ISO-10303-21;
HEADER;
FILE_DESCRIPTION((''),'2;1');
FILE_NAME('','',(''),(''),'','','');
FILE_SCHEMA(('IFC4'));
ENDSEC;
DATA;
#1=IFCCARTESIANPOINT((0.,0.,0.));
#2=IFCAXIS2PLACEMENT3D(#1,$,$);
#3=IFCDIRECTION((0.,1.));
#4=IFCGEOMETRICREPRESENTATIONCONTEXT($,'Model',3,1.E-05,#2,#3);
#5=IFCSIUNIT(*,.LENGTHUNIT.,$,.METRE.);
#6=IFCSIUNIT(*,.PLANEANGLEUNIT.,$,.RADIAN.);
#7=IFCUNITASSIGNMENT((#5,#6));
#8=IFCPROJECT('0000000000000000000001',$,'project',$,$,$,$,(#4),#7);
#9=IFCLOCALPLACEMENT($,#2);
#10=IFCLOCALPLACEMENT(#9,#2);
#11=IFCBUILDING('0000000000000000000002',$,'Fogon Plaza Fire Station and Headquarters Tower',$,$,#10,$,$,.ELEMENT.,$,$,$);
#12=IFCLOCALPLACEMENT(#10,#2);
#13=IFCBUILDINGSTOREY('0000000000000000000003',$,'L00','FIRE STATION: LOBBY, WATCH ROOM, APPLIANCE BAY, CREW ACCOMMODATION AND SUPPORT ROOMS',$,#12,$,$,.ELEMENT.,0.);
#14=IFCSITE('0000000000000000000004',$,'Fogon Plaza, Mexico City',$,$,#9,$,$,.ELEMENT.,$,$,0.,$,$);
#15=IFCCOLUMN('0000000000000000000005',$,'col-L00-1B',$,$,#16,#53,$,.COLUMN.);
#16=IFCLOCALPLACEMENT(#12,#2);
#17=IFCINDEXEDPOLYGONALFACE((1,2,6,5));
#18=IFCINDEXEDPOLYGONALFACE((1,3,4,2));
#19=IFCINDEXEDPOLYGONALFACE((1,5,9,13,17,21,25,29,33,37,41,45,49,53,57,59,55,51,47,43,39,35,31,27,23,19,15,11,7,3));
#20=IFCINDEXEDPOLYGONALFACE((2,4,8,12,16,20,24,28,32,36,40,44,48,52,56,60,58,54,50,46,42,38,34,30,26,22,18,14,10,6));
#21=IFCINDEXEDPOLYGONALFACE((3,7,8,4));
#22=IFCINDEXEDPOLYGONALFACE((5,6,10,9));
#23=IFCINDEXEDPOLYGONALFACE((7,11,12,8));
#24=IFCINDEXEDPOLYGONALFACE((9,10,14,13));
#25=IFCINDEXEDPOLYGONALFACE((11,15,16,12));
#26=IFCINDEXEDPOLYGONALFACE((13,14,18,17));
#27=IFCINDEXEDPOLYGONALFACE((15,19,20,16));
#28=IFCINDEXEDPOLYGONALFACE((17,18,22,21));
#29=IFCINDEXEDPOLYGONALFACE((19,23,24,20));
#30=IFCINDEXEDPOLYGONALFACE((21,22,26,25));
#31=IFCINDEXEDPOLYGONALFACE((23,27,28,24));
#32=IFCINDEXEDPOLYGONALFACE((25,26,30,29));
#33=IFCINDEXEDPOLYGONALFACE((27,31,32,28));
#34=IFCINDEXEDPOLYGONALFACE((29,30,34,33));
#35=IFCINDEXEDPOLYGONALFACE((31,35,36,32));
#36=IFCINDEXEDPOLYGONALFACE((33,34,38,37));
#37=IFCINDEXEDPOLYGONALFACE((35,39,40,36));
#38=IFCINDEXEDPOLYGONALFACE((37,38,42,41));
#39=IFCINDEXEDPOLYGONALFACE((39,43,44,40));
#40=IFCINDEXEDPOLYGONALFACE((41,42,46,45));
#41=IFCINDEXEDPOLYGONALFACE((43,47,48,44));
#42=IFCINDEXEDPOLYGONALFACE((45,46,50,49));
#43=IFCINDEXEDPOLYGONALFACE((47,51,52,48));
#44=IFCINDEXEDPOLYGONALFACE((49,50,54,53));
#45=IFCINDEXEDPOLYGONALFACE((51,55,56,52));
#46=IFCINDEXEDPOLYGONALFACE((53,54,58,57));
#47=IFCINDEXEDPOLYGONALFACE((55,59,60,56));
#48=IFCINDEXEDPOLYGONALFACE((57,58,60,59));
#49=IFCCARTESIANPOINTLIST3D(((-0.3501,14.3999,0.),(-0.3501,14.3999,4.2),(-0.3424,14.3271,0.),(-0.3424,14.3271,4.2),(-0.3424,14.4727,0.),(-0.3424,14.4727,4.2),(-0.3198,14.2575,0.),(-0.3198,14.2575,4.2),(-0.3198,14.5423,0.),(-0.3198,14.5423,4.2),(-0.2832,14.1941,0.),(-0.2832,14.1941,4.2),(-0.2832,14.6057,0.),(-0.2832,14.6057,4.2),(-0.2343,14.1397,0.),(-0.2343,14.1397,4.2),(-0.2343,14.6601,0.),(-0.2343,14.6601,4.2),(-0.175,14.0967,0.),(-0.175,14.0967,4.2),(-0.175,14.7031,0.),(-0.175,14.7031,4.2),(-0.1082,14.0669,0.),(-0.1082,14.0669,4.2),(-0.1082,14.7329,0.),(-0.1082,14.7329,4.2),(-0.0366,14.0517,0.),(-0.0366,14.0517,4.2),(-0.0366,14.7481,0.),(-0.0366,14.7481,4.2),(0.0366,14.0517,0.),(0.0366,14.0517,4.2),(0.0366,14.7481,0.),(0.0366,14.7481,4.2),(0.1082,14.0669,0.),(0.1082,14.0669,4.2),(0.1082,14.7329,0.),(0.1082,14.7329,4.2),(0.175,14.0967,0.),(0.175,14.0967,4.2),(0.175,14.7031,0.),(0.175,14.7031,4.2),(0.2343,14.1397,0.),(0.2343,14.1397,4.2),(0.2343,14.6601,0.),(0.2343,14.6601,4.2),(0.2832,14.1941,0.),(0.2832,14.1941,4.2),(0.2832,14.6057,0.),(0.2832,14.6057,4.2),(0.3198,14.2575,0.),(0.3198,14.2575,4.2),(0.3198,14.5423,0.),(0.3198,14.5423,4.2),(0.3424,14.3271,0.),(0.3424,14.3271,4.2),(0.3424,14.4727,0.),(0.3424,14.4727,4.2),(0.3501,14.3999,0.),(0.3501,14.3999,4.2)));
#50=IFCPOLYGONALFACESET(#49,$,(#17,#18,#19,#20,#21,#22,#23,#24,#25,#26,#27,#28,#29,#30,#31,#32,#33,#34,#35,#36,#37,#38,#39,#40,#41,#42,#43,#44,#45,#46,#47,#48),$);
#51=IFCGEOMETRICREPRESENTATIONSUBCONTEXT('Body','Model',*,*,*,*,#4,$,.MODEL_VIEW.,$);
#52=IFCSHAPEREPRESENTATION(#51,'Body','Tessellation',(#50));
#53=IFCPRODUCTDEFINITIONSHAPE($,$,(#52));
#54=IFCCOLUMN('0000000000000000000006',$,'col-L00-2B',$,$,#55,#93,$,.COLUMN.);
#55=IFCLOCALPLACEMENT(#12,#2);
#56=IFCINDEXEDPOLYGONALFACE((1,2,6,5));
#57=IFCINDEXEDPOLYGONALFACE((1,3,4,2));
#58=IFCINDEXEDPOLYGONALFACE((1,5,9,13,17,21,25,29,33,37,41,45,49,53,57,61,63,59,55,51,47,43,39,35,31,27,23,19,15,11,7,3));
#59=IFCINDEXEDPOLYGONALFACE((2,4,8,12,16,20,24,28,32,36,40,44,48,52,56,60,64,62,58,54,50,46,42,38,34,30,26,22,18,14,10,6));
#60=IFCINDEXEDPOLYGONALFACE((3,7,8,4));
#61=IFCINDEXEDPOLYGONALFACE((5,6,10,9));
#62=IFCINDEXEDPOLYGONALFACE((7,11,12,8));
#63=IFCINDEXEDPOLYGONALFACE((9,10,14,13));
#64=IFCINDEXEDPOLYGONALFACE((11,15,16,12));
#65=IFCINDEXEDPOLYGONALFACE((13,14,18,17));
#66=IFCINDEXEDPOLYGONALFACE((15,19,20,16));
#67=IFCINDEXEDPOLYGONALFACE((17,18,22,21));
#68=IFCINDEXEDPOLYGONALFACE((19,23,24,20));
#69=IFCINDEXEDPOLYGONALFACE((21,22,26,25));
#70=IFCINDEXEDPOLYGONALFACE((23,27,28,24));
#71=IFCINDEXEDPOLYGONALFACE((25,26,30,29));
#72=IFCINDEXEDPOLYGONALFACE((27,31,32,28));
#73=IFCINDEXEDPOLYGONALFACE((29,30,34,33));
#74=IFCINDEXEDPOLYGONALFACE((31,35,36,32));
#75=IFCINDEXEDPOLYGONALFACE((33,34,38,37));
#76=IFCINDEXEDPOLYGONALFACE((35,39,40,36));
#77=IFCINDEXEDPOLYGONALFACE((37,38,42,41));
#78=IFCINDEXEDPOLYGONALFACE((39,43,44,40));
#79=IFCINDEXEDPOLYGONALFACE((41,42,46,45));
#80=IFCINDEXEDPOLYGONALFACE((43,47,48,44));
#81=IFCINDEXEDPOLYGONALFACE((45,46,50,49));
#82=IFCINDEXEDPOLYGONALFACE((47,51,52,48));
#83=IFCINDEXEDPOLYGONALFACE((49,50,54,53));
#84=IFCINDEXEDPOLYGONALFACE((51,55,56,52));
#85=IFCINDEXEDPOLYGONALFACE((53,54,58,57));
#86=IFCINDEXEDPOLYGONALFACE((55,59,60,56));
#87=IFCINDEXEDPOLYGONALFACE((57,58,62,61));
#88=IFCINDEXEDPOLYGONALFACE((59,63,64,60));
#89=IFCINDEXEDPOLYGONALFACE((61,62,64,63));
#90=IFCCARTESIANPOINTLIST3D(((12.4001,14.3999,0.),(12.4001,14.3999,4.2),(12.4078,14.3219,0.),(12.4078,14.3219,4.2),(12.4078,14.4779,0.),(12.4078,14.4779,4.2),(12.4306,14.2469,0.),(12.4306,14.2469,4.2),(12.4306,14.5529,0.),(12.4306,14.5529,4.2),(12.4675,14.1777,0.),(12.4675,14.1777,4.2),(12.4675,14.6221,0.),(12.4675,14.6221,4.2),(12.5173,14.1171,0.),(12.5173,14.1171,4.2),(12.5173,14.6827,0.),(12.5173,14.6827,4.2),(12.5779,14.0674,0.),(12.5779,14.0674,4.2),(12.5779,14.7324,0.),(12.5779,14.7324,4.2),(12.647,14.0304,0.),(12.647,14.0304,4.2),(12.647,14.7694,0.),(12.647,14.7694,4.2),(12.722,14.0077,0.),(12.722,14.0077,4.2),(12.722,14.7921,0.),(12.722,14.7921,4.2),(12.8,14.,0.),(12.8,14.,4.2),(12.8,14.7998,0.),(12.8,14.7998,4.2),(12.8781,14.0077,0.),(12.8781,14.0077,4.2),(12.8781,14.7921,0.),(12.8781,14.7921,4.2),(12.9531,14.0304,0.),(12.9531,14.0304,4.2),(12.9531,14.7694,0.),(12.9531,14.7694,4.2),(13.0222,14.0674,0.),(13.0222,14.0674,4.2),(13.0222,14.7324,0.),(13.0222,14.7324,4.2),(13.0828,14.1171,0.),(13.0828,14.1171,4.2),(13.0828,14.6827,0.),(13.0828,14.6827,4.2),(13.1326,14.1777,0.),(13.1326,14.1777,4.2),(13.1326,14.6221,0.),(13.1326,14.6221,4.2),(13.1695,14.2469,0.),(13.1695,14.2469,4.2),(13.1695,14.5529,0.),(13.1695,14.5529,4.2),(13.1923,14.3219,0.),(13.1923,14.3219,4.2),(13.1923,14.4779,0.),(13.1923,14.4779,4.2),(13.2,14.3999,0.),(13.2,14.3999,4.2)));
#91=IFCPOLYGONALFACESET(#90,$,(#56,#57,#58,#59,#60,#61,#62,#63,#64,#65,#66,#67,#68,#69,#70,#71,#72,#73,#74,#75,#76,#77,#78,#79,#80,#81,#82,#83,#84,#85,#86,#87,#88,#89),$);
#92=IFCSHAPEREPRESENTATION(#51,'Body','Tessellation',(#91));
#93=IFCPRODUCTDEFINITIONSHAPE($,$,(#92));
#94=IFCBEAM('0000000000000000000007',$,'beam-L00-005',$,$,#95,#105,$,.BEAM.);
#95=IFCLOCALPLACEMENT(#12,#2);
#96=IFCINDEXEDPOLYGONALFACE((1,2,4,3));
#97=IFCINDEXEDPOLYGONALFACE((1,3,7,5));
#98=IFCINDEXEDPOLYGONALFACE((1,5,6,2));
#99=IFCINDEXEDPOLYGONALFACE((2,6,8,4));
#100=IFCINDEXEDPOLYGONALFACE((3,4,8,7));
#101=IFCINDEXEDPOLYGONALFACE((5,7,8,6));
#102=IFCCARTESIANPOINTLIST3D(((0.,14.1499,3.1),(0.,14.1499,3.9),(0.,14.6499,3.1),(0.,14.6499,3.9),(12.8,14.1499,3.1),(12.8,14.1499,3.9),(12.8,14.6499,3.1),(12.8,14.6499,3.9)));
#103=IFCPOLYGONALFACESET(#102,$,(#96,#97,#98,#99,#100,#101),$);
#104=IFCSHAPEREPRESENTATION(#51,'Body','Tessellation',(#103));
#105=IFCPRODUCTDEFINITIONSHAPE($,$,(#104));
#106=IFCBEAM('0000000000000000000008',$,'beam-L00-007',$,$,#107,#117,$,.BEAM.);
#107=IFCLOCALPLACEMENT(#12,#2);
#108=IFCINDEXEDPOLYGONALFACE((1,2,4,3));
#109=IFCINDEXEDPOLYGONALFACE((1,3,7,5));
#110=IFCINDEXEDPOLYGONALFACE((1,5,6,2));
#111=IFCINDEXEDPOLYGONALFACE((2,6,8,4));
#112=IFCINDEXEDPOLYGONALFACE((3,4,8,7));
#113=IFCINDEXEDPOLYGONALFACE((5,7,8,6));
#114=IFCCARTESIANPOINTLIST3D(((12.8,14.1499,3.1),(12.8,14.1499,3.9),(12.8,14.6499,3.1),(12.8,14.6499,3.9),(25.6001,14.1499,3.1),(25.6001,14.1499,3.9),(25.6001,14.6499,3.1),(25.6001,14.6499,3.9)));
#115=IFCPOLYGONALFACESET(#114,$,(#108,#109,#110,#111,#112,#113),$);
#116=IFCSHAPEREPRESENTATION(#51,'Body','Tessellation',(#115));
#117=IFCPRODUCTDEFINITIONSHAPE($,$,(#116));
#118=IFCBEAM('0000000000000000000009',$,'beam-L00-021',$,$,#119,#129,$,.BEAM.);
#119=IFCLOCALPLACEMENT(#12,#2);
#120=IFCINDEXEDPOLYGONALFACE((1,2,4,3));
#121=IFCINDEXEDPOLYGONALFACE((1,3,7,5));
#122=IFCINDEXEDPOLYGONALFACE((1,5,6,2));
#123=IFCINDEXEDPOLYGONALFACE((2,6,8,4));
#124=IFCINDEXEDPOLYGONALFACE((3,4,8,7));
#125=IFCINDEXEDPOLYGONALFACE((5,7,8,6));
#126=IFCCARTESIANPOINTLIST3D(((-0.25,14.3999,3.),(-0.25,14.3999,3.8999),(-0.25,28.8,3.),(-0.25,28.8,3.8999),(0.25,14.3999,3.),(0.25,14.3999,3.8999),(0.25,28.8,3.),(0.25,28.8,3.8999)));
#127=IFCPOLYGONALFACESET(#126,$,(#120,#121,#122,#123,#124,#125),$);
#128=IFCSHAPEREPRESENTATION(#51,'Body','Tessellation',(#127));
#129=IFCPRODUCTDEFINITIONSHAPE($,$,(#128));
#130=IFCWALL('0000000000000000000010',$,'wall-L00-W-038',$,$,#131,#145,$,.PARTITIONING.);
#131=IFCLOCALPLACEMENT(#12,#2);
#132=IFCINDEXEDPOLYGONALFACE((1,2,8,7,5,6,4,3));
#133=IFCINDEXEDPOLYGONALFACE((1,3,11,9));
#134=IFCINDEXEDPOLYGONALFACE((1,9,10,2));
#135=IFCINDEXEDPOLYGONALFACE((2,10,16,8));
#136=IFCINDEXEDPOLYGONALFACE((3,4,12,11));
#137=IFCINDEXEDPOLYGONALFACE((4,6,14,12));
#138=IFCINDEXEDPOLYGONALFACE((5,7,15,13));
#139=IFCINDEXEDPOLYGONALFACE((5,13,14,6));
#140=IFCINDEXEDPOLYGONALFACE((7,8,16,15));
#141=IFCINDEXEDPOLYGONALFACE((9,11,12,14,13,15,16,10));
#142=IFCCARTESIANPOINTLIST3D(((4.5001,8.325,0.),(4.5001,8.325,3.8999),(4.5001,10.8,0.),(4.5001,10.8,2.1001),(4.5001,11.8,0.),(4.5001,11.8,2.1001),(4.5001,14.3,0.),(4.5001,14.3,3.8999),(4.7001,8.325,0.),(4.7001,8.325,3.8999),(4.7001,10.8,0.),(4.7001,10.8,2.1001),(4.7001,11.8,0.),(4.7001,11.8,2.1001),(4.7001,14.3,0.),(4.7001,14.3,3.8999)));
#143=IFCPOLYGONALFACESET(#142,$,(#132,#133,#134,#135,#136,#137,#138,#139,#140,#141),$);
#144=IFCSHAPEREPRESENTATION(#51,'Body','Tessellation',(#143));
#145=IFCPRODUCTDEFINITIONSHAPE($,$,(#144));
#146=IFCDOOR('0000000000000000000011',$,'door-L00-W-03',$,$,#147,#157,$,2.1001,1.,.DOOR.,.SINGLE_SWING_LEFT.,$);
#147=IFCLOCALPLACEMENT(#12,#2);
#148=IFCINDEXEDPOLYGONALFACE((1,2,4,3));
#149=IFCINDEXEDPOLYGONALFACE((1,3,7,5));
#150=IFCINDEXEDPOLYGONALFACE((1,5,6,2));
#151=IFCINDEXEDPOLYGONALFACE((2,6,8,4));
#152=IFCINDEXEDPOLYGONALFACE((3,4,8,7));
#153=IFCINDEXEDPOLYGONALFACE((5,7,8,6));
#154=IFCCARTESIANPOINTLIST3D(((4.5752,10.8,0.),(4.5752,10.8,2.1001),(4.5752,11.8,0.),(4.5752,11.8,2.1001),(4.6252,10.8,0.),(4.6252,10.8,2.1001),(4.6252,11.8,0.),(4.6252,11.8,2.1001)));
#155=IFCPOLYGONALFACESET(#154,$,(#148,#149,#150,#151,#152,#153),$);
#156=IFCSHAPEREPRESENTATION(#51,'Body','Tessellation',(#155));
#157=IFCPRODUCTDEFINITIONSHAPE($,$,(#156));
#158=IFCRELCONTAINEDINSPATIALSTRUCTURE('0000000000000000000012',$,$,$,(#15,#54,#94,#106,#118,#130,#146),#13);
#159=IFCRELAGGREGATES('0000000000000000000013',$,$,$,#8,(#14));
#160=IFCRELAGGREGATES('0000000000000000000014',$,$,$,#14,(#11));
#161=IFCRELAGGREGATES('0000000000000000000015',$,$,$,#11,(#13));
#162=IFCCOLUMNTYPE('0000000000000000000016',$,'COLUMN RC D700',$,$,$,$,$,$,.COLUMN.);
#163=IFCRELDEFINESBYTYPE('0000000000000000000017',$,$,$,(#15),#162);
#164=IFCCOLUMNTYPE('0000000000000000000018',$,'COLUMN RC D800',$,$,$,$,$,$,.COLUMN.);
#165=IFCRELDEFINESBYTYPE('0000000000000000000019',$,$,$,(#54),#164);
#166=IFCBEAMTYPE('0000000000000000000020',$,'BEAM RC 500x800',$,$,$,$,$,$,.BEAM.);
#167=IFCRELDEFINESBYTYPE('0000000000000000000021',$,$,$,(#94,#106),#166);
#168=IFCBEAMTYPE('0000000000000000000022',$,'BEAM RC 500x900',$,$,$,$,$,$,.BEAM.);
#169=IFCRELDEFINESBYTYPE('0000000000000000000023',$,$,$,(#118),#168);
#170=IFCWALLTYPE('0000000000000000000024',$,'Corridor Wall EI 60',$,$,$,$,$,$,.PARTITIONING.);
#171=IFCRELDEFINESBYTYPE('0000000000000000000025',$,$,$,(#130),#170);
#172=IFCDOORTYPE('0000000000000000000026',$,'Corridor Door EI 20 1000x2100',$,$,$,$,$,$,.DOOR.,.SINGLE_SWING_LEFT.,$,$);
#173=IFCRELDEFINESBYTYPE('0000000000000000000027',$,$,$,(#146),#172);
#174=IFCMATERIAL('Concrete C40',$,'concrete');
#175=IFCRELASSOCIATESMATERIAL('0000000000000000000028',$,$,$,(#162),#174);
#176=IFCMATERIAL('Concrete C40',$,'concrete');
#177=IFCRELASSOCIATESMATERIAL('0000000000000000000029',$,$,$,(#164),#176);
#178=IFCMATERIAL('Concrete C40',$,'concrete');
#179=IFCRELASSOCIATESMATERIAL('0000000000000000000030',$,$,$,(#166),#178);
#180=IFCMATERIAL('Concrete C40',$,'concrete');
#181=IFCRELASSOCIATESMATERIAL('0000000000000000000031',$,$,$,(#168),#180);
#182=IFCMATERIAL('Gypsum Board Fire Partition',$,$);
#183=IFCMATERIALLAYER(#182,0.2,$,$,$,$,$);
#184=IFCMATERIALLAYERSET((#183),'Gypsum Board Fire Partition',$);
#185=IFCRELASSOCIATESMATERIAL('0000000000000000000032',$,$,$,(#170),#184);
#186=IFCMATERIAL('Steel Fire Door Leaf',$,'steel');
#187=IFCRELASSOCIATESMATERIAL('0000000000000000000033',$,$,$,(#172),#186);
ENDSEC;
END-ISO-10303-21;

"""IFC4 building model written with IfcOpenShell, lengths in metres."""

from ifc_helpers import new_model, si_unit, direction, frame, frame_2d, origin, origin_2d, place, context, subcontext, project, spatial, rectangle, circle, extrude, material, layer, layer_set, material_profile, profile_set, type_object, element, fill, save


model = new_model("IFC4")

# Units and contexts
model_context = context("Model", 3, precision=1e-05, world=origin(), true_north=direction((0.0, 1.0)))
body_context = subcontext(model_context, "Body", "Model", "MODEL_VIEW")
ifc_project = project(units=[si_unit("LENGTHUNIT", "METRE"), si_unit("PLANEANGLEUNIT", "RADIAN")], contexts=[model_context])

# Site, building, storey
site_placement = place(None, origin())
site = spatial("IfcSite", under=ifc_project, at=site_placement, Name="Fogon Plaza, Mexico City", CompositionType="ELEMENT", RefElevation=0.0)
building_placement = place(site_placement, origin())
building = spatial("IfcBuilding", under=site, at=building_placement, Name="Fogon Plaza Fire Station and Headquarters Tower", CompositionType="ELEMENT")
storey_placement = place(building_placement, origin())
storey = spatial("IfcBuildingStorey", under=building, at=storey_placement, Name="L00", Description="FIRE STATION: LOBBY, WATCH ROOM, APPLIANCE BAY, CREW ACCOMMODATION AND SUPPORT ROOMS", CompositionType="ELEMENT", Elevation=0.0)

# Columns
ifc_material_1 = material(Name="Concrete C40", Category="concrete")
ifc_material_profile_1 = material_profile(ifc_material_1, circle(Radius=0.3501, at=origin_2d()), Name="RC D700")
ifc_profile_set_1 = profile_set([ifc_material_profile_1], Name="Concrete C40")
column_type_1 = type_object("IfcColumnType", Name="COLUMN RC D700", PredefinedType="COLUMN", material=ifc_profile_set_1)
column_1_placement = place(storey_placement, frame((0.0, 14.3999, 0.0), z_axis=(0.0, 0.0, 1.0), x_axis=(1.0, 0.0, 0.0)))
element("IfcColumn", 1, at=column_1_placement, inside=storey, type_object=column_type_1, Name="col-L00-1B", PredefinedType="COLUMN", context=body_context, shape_type="SweptSolid", body=[
    extrude(circle(Radius=0.3501, at=origin_2d()), origin(), (0.0, 0.0, 1.0), 4.2),
])
ifc_material_2 = material(Name="Concrete C40", Category="concrete")
ifc_material_profile_2 = material_profile(ifc_material_2, circle(Radius=0.3999, at=origin_2d()), Name="RC D800")
ifc_profile_set_2 = profile_set([ifc_material_profile_2], Name="Concrete C40")
column_type_2 = type_object("IfcColumnType", Name="COLUMN RC D800", PredefinedType="COLUMN", material=ifc_profile_set_2)
column_2_placement = place(storey_placement, frame((12.8, 14.3999, 0.0), z_axis=(0.0, 0.0, 1.0), x_axis=(1.0, 0.0, 0.0)))
element("IfcColumn", 2, at=column_2_placement, inside=storey, type_object=column_type_2, Name="col-L00-2B", PredefinedType="COLUMN", context=body_context, shape_type="SweptSolid", body=[
    extrude(circle(Radius=0.3999, at=origin_2d()), origin(), (0.0, 0.0, 1.0), 4.2),
])

# Beams
ifc_material_3 = material(Name="Concrete C40", Category="concrete")
ifc_material_profile_3 = material_profile(ifc_material_3, rectangle(XDim=0.5, YDim=0.8, at=origin_2d()), Name="RC 500x800")
ifc_profile_set_3 = profile_set([ifc_material_profile_3], Name="Concrete C40")
beam_type_1 = type_object("IfcBeamType", Name="BEAM RC 500x800", PredefinedType="BEAM", material=ifc_profile_set_3)
for number, where, z_axis, x_axis, name in (
    (3, (0.0, 14.3999, 3.5), (1.0, 0.0, 0.0), (0.0, 1.0, 0.0), "beam-L00-005"),
    (4, (12.8, 14.3999, 3.5), (1.0, 0.0, 0.0), (0.0, 1.0, 0.0), "beam-L00-007"),
):
    element("IfcBeam", number, at=place(storey_placement, frame(where, z_axis=z_axis, x_axis=x_axis)), inside=storey, type_object=beam_type_1, Name=name, PredefinedType="BEAM", context=body_context, shape_type="SweptSolid", body=[
        extrude(rectangle(XDim=0.5, YDim=0.8, at=origin_2d()), origin(), (0.0, 0.0, 1.0), 12.8),
    ])
ifc_material_4 = material(Name="Concrete C40", Category="concrete")
ifc_material_profile_4 = material_profile(ifc_material_4, rectangle(XDim=0.5, YDim=0.8999, at=origin_2d()), Name="RC 500x900")
ifc_profile_set_4 = profile_set([ifc_material_profile_4], Name="Concrete C40")
beam_type_2 = type_object("IfcBeamType", Name="BEAM RC 500x900", PredefinedType="BEAM", material=ifc_profile_set_4)
beam_placement = place(storey_placement, frame((0.0, 14.3999, 3.45), z_axis=(0.0, 1.0, 0.0), x_axis=(-1.0, 0.0, 0.0)))
element("IfcBeam", 5, at=beam_placement, inside=storey, type_object=beam_type_2, Name="beam-L00-021", PredefinedType="BEAM", context=body_context, shape_type="SweptSolid", body=[
    extrude(rectangle(XDim=0.5, YDim=0.8999, at=origin_2d()), origin(), (0.0, 0.0, 1.0), 14.4001),
])

# Wall, opening, door
ifc_material_5 = material(Name="Gypsum Board Fire Partition")
ifc_layer_1 = layer(ifc_material_5, 0.2)
ifc_layer_set_1 = layer_set([ifc_layer_1], Name="Gypsum Board Fire Partition")
wall_type_1 = type_object("IfcWallType", Name="Corridor Wall EI 60", PredefinedType="PARTITIONING", material=ifc_layer_set_1)
wall_1_placement = place(storey_placement, frame((4.6001, 8.325, 0.0), z_axis=(0.0, 0.0, 1.0), x_axis=(0.0, 1.0, 0.0)))
wall_1 = element("IfcWall", 6, at=wall_1_placement, inside=storey, type_object=wall_type_1, Name="wall-L00-W-038", PredefinedType="PARTITIONING", context=body_context, shape_type="SweptSolid", body=[
    extrude(rectangle(XDim=5.9751, YDim=0.2, at=frame_2d((2.9875, 0.0))), origin(), (0.0, 0.0, 1.0), 3.8999),
])
opening_1_placement = place(wall_1_placement, frame((2.4751, 0.0, 0.0)))
opening_1 = element("IfcOpeningElement", 7, at=opening_1_placement, cuts=wall_1, PredefinedType="OPENING", context=body_context, shape_type="SweptSolid", body=[
    extrude(rectangle(XDim=1.0, YDim=2.1001, at=frame_2d((0.5, 1.05))), frame((0.0, 0.1099, 0.0), z_axis=(0.0, -1.0, 0.0), x_axis=(1.0, 0.0, 0.0)), (0.0, 0.0, 1.0), 0.22),
])
ifc_material_6 = material(Name="Steel Fire Door Leaf", Category="steel")
door_type = type_object("IfcDoorType", Name="Corridor Door EI 20 1000x2100", OperationType="SINGLE_SWING_LEFT", PredefinedType="DOOR", material=ifc_material_6)
door_1_placement = place(opening_1_placement, origin())
door_1 = element("IfcDoor", 8, at=door_1_placement, inside=storey, type_object=door_type, Name="door-L00-W-03", OperationType="SINGLE_SWING_LEFT", OverallHeight=2.1001, OverallWidth=1.0, PredefinedType="DOOR", context=body_context, shape_type="SweptSolid", body=[
    extrude(rectangle(XDim=1.0, YDim=2.1001, at=frame_2d((0.5, 1.05))), frame((0.0, 0.0249, 0.0), z_axis=(0.0, -1.0, 0.0), x_axis=(1.0, 0.0, 0.0)), (0.0, 0.0, 1.0), 0.05),
])
fill(opening_1, door_1)

save(model, "model.ifc")
